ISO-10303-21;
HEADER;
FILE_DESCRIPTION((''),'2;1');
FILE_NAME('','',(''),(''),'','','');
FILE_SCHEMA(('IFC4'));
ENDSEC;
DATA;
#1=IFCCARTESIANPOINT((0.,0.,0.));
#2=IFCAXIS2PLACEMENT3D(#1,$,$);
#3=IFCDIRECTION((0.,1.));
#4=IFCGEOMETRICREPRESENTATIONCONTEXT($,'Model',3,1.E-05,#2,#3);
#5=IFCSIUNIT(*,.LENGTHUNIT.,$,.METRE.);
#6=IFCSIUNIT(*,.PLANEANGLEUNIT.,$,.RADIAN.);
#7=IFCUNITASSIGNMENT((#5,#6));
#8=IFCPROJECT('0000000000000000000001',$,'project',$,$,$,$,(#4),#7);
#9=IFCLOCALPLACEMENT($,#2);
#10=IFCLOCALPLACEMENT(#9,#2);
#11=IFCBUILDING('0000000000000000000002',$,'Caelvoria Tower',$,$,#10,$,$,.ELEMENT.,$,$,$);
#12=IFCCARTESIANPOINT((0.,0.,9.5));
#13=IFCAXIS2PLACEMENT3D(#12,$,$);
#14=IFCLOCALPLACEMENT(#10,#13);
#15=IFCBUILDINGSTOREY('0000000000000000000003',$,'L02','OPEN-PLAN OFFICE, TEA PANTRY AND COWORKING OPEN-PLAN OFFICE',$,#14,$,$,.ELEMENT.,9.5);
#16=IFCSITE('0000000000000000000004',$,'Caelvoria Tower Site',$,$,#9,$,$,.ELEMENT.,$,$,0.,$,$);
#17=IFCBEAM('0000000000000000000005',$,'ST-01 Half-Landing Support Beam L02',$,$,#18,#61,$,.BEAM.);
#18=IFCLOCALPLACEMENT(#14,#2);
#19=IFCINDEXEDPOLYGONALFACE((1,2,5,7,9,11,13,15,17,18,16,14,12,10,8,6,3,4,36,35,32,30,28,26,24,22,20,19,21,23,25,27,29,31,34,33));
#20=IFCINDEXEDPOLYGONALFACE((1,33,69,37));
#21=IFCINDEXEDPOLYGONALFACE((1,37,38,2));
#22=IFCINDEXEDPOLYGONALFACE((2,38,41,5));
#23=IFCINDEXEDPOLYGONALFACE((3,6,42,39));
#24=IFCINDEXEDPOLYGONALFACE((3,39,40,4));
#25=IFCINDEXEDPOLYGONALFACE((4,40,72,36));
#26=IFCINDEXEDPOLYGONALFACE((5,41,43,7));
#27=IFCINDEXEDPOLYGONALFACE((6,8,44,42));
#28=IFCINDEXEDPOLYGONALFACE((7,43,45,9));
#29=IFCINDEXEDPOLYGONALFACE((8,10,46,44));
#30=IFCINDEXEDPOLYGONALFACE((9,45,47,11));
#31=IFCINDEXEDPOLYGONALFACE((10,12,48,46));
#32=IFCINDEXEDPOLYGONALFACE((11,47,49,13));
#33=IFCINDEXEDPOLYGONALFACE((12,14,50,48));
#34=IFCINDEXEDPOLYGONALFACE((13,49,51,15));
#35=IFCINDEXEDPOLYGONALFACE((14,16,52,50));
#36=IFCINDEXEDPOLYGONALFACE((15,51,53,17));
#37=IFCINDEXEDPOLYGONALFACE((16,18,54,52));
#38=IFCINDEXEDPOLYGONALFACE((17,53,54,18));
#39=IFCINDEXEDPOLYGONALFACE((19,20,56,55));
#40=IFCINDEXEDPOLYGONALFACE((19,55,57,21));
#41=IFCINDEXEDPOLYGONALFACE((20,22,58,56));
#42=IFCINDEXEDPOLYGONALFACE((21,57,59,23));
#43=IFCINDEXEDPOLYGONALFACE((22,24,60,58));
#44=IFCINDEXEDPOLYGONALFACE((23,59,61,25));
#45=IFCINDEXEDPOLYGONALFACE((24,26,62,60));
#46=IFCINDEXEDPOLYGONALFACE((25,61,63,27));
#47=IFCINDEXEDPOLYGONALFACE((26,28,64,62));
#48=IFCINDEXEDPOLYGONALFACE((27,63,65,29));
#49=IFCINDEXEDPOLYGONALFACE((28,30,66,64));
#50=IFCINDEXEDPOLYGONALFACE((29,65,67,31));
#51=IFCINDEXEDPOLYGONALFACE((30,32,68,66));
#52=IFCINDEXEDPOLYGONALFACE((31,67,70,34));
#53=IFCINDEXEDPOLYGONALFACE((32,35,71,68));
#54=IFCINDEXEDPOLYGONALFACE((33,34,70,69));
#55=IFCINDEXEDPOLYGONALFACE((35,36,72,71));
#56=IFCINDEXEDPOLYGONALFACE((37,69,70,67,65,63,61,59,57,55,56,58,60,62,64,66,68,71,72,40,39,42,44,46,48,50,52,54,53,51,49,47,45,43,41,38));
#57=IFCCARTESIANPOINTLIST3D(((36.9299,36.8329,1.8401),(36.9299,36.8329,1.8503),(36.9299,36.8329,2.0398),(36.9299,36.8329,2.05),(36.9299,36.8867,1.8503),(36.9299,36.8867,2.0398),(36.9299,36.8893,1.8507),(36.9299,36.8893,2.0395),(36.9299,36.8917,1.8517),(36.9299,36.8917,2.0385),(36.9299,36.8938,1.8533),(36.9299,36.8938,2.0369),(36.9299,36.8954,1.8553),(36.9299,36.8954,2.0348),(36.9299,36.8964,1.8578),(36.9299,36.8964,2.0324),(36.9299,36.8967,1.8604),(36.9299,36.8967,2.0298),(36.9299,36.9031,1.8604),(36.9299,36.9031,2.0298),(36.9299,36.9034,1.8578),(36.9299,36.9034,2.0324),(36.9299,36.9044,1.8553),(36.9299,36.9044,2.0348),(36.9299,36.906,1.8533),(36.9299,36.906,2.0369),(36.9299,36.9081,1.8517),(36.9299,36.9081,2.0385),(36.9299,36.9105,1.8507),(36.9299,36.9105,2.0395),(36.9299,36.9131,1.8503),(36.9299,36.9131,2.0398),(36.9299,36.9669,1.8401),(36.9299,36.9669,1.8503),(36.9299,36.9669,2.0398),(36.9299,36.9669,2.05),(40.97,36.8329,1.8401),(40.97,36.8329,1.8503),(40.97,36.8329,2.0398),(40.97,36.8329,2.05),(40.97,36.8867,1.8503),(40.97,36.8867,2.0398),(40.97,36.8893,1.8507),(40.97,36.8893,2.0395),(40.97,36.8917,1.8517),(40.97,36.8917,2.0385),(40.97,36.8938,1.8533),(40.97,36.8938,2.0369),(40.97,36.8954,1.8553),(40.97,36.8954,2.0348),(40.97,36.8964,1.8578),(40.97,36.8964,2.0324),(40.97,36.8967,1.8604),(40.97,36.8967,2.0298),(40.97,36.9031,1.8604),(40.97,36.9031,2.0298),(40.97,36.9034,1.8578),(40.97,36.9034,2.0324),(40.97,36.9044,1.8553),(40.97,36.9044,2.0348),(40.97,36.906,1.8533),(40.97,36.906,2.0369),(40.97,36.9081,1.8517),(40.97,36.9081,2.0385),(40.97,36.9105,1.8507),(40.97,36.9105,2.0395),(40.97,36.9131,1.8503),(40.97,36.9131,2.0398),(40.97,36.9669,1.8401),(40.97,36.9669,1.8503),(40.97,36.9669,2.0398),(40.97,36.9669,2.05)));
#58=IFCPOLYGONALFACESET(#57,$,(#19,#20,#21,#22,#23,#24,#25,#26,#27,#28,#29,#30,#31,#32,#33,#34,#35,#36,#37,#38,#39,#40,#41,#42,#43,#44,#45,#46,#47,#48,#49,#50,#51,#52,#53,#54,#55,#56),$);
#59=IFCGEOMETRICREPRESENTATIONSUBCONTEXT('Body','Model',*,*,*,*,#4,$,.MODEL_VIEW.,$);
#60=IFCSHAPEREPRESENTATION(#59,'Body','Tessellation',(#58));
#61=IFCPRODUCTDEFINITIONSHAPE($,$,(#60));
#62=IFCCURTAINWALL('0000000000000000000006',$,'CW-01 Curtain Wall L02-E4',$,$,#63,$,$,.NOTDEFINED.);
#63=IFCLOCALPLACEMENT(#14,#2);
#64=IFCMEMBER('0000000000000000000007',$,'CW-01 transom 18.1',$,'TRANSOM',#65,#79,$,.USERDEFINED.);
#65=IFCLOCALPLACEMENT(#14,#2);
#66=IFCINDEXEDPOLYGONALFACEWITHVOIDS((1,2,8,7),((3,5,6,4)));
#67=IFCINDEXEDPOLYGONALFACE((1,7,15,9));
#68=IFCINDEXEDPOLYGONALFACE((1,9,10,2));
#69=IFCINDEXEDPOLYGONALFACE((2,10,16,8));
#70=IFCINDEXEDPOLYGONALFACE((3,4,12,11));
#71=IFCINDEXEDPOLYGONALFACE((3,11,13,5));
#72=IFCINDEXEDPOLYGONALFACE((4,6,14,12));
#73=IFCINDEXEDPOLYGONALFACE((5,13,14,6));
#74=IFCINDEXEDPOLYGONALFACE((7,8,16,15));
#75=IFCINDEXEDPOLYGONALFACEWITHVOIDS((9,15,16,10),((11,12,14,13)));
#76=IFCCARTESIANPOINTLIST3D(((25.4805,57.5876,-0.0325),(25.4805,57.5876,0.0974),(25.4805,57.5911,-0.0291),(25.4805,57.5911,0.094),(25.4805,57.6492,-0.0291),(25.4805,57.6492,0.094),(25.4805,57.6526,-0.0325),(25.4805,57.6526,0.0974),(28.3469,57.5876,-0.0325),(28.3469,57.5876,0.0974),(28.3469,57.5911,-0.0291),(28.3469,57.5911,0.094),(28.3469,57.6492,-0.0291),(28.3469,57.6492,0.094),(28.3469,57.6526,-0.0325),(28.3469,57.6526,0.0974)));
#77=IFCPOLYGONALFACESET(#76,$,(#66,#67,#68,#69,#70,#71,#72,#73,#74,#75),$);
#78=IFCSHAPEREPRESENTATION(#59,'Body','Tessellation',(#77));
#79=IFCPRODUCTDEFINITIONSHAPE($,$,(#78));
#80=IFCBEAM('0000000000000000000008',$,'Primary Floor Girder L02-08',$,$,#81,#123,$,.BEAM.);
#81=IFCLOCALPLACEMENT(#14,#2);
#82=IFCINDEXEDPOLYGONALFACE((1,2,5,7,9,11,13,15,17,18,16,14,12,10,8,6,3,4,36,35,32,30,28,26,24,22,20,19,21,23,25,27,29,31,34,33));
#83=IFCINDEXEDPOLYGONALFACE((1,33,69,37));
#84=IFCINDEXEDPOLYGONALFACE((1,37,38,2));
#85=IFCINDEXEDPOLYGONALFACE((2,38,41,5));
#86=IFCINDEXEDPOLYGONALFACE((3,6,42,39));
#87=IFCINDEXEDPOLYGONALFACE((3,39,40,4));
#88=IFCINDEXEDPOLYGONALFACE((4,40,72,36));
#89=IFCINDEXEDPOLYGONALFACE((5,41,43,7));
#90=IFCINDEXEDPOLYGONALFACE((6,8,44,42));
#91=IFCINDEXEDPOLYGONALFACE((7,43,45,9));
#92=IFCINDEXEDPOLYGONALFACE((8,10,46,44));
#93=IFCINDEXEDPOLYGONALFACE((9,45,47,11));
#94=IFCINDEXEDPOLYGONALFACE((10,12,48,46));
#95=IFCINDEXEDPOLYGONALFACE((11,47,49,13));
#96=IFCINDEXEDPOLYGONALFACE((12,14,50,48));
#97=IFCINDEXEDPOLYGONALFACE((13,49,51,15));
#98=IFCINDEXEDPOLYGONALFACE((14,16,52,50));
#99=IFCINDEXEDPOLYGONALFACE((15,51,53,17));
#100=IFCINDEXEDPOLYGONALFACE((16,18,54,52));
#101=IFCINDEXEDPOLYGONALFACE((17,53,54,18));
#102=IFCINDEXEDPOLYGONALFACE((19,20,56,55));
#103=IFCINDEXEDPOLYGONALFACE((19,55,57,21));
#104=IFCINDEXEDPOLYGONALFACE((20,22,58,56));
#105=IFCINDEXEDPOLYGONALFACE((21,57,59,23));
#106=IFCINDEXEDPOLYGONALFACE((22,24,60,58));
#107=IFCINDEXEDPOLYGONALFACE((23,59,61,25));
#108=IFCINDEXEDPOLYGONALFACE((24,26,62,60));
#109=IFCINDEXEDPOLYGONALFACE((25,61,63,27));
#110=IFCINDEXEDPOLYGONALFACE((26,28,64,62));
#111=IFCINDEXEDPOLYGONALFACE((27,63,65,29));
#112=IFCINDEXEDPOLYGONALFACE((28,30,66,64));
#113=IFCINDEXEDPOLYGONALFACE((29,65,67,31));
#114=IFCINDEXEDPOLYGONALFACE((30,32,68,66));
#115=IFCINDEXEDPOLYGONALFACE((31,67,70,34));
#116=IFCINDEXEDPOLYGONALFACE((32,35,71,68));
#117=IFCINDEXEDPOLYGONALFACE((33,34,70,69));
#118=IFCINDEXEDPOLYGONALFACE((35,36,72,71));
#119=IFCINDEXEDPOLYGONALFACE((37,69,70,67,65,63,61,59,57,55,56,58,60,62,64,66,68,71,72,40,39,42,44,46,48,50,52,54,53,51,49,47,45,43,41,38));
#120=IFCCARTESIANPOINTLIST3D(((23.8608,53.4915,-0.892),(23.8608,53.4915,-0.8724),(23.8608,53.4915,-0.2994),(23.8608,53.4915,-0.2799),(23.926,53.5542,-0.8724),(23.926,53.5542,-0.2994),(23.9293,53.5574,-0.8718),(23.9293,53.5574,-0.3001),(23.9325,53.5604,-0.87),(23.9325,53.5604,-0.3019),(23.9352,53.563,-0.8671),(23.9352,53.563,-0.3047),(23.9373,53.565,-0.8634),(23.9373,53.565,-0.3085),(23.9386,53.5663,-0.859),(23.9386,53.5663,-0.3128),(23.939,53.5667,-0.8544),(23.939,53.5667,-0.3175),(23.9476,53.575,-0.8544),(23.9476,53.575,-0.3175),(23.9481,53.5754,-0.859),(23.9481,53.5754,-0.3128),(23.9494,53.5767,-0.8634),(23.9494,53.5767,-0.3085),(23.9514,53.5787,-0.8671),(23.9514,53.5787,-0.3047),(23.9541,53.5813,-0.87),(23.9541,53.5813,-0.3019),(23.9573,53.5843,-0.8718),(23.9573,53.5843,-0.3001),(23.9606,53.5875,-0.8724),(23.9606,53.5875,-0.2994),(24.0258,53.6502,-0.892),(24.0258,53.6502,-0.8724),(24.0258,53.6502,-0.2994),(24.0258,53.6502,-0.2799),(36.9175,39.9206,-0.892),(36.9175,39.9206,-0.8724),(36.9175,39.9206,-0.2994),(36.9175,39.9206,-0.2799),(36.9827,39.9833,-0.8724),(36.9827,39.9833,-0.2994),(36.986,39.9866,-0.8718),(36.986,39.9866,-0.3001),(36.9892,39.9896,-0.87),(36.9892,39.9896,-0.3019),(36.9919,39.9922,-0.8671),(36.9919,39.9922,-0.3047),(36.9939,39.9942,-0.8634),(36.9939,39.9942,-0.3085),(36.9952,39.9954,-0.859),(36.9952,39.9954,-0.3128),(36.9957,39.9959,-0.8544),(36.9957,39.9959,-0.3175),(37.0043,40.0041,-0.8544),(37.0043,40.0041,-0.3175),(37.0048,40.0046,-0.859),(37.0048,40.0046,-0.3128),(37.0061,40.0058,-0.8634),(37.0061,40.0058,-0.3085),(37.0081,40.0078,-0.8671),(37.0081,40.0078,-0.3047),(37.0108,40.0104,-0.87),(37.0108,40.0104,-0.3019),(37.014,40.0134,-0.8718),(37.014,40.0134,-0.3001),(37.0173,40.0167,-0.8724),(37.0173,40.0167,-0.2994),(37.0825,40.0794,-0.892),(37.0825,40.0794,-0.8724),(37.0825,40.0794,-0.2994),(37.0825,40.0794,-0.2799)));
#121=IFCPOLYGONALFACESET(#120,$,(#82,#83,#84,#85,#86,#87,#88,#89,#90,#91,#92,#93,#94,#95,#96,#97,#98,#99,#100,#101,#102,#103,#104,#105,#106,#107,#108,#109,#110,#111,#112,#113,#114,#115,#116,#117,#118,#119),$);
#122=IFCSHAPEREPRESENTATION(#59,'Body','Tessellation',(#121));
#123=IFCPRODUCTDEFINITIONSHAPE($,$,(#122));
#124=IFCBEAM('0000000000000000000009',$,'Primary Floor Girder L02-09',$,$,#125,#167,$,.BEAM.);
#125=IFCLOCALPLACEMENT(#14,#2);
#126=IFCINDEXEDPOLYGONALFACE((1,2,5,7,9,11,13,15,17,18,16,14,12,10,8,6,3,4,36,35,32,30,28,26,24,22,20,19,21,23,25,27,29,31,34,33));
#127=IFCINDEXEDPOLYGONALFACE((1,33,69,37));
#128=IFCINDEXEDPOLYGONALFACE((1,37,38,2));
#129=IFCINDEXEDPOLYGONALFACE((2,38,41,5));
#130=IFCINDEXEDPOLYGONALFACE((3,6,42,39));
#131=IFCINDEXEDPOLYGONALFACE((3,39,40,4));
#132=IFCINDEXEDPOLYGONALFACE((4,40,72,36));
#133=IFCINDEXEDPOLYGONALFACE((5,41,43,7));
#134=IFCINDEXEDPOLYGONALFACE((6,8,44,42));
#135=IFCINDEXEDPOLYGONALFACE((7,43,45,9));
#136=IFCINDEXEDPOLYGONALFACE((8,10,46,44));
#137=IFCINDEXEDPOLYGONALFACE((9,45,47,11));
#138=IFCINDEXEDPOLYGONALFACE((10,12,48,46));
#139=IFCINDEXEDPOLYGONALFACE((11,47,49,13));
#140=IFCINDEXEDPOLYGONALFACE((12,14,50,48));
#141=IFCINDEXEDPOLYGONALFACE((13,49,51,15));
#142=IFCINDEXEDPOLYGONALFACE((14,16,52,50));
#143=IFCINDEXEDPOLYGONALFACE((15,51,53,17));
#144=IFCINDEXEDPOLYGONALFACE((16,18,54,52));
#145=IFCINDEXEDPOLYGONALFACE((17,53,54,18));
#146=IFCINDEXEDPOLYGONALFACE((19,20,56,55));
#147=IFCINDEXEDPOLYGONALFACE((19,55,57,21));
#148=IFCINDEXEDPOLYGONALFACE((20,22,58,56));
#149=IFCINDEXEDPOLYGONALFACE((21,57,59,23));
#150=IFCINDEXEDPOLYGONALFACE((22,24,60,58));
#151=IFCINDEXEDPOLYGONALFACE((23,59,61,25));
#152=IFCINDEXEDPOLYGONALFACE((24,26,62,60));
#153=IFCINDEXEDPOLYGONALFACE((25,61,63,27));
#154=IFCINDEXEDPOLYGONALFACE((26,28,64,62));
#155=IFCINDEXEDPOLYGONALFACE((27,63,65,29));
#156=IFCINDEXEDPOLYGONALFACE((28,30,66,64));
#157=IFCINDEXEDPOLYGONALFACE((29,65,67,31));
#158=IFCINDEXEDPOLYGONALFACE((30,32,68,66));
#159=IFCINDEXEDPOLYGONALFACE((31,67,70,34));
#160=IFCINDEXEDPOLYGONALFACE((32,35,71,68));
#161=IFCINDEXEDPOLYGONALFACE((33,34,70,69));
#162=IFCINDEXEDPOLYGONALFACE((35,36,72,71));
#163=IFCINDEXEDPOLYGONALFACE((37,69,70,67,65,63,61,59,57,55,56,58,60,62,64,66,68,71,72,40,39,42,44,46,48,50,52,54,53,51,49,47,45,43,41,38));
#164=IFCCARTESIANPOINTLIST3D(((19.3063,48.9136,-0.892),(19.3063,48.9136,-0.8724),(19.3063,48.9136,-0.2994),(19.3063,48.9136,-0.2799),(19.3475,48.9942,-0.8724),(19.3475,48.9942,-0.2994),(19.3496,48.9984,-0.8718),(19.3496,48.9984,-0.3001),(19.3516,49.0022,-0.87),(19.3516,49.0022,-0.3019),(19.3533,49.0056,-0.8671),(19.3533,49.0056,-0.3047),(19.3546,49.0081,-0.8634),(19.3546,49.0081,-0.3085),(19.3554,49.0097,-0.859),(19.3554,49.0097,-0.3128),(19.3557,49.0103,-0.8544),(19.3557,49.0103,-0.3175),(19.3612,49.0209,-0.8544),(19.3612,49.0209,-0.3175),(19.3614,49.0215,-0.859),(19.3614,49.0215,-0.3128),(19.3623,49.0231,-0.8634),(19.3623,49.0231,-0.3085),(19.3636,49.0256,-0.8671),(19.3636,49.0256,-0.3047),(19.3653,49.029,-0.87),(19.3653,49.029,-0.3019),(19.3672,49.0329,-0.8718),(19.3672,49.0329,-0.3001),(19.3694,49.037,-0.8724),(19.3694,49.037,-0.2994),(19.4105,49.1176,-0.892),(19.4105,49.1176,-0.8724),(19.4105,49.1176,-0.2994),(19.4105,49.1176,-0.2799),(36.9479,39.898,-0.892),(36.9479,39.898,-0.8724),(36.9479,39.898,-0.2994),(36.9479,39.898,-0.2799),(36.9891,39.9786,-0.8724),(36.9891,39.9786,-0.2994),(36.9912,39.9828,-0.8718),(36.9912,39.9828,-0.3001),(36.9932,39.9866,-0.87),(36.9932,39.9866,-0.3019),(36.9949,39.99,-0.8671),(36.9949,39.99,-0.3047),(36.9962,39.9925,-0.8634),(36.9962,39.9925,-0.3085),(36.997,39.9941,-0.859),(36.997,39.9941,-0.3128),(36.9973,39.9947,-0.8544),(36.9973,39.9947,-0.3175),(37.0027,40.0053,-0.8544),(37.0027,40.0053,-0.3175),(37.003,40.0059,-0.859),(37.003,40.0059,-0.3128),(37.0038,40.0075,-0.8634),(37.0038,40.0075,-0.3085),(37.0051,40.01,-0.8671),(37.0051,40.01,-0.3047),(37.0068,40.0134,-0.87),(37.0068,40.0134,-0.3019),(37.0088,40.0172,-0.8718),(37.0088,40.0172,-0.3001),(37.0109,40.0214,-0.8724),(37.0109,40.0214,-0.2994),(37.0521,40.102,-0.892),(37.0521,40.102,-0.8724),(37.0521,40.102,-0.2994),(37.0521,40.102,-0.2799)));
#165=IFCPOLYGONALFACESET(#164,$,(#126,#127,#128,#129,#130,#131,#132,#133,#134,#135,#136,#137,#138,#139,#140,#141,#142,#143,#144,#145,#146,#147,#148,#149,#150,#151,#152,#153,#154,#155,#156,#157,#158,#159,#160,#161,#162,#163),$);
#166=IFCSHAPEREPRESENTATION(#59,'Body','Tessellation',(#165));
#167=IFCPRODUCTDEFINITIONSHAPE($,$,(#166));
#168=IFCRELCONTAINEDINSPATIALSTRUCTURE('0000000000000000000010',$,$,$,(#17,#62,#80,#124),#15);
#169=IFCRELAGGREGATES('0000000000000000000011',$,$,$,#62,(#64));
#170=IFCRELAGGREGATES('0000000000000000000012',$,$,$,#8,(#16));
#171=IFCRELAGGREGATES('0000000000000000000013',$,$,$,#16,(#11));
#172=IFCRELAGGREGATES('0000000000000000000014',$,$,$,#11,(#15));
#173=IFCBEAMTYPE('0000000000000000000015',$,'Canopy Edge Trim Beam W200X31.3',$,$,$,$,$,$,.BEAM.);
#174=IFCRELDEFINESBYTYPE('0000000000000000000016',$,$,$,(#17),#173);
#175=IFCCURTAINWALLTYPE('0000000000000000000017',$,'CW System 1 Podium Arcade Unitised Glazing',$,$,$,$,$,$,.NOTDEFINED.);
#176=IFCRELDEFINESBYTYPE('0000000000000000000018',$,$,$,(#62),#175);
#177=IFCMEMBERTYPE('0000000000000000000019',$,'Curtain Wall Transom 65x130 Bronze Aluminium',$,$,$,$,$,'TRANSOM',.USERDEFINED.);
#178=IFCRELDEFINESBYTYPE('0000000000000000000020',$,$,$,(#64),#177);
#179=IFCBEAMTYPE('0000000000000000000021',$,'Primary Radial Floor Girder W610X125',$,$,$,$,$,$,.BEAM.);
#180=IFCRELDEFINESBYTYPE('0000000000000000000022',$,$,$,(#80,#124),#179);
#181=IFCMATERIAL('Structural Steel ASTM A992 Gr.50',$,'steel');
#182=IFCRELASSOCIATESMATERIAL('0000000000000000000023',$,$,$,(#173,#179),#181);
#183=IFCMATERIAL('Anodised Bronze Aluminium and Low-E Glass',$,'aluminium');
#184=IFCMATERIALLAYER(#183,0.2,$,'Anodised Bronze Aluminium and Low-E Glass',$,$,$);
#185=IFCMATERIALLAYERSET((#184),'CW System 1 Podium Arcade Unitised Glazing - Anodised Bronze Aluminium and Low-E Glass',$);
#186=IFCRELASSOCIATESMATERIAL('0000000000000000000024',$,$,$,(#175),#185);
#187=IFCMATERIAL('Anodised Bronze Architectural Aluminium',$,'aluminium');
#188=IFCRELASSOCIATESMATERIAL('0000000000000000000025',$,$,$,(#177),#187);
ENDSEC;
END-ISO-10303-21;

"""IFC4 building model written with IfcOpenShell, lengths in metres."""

from ifc_helpers import new_model, si_unit, direction, frame, origin, origin_2d, place, context, subcontext, project, spatial, hollow_rectangle, i_section, extrude, material, layer, layer_set, material_profile, profile_set, type_object, element, aggregate, save


model = new_model("IFC4")

# Units and contexts
model_context = context("Model", 3, precision=1e-05, world=origin(), true_north=direction((0.0, 1.0)))
body_context = subcontext(model_context, "Body", "Model", "MODEL_VIEW")
ifc_project = project(units=[si_unit("LENGTHUNIT", "METRE"), si_unit("PLANEANGLEUNIT", "RADIAN")], contexts=[model_context])

# Site, building, storey
site_placement = place(None, origin())
site = spatial("IfcSite", under=ifc_project, at=site_placement, Name="Caelvoria Tower Site", CompositionType="ELEMENT", RefElevation=0.0)
building_placement = place(site_placement, origin())
building = spatial("IfcBuilding", under=site, at=building_placement, Name="Caelvoria Tower", CompositionType="ELEMENT")
storey_placement = place(building_placement, frame((0.0, 0.0, 9.5)))
storey = spatial("IfcBuildingStorey", under=building, at=storey_placement, Name="L02", Description="OPEN-PLAN OFFICE, TEA PANTRY AND COWORKING OPEN-PLAN OFFICE", CompositionType="ELEMENT", Elevation=9.5)

# Beam
ifc_material_1 = material(Name="Structural Steel ASTM A992 Gr.50", Category="steel")
ifc_material_profile_1 = material_profile(ifc_material_1, i_section(OverallWidth=0.134, OverallDepth=0.21, WebThickness=0.0063, FlangeThickness=0.0103, FilletRadius=0.01, at=origin_2d()), Name="Structural Steel ASTM A992 Gr.50")
ifc_profile_set_1 = profile_set([ifc_material_profile_1], Name="W200X31.3 - Structural Steel ASTM A992 Gr.50")
beam_type_1 = type_object("IfcBeamType", Name="Canopy Edge Trim Beam W200X31.3", PredefinedType="BEAM", material=ifc_profile_set_1)
beam_1_placement = place(storey_placement, frame((36.9299, 36.8999, 1.9451), z_axis=(1.0, 0.0, 0.0), x_axis=(0.0, 1.0, 0.0)))
element("IfcBeam", 1, at=beam_1_placement, inside=storey, type_object=beam_type_1, Name="ST-01 Half-Landing Support Beam L02", PredefinedType="BEAM", context=body_context, shape_type="SweptSolid", body=[
    extrude(i_section(OverallWidth=0.134, OverallDepth=0.21, WebThickness=0.0063, FlangeThickness=0.0103, FilletRadius=0.01, at=origin_2d()), origin(), (0.0, 0.0, 1.0), 4.04),
])

# Curtain wall, member
ifc_material_2 = material(Name="Anodised Bronze Aluminium and Low-E Glass", Category="aluminium")
ifc_layer_1 = layer(ifc_material_2, 0.2, Name="Anodised Bronze Aluminium and Low-E Glass")
ifc_layer_set_1 = layer_set([ifc_layer_1], Name="CW System 1 Podium Arcade Unitised Glazing - Anodised Bronze Aluminium and Low-E Glass")
curtain_wall_type = type_object("IfcCurtainWallType", Name="CW System 1 Podium Arcade Unitised Glazing", PredefinedType="NOTDEFINED", material=ifc_layer_set_1)
curtain_wall_placement = place(storey_placement, origin())
curtain_wall = element("IfcCurtainWall", 2, at=curtain_wall_placement, inside=storey, type_object=curtain_wall_type, Name="CW-01 Curtain Wall L02-E4", PredefinedType="NOTDEFINED")
ifc_material_3 = material(Name="Anodised Bronze Architectural Aluminium", Category="aluminium")
ifc_material_profile_2 = material_profile(ifc_material_3, hollow_rectangle(XDim=0.0649, YDim=0.1299, WallThickness=0.0034, at=origin_2d()), Name="Anodised Bronze Architectural Aluminium")
ifc_profile_set_2 = profile_set([ifc_material_profile_2], Name="CW_TRAN_65X130 - Anodised Bronze Architectural Aluminium")
member_type = type_object("IfcMemberType", Name="Curtain Wall Transom 65x130 Bronze Aluminium", ElementType="TRANSOM", PredefinedType="USERDEFINED", material=ifc_profile_set_2)
member_placement = place(storey_placement, frame((28.3469, 57.6201, 0.0325), z_axis=(-1.0, 0.0, 0.0), x_axis=(0.0, -1.0, 0.0)))
member = element("IfcMember", 3, at=member_placement, type_object=member_type, Name="CW-01 transom 18.1", ObjectType="TRANSOM", PredefinedType="USERDEFINED", context=body_context, shape_type="SweptSolid", body=[
    extrude(hollow_rectangle(XDim=0.0649, YDim=0.1299, WallThickness=0.0034, at=origin_2d()), origin(), (0.0, 0.0, 1.0), 2.8665),
])
aggregate(curtain_wall, [member])

# Beams
ifc_material_profile_3 = material_profile(ifc_material_1, i_section(OverallWidth=0.229, OverallDepth=0.6121, WebThickness=0.012, FlangeThickness=0.0195, FilletRadius=0.0181, at=origin_2d()), Name="Structural Steel ASTM A992 Gr.50")
ifc_profile_set_3 = profile_set([ifc_material_profile_3], Name="W610X125 - Structural Steel ASTM A992 Gr.50")
beam_type_2 = type_object("IfcBeamType", Name="Primary Radial Floor Girder W610X125", PredefinedType="BEAM", material=ifc_profile_set_3)
beam_2_placement = place(storey_placement, frame((37.0, 40.0, -0.5859), z_axis=(-0.693324, 0.720626, 0.0), x_axis=(-0.720626, -0.693324, 0.0)))
element("IfcBeam", 4, at=beam_2_placement, inside=storey, type_object=beam_type_2, Name="Primary Floor Girder L02-08", PredefinedType="BEAM", context=body_context, shape_type="SweptSolid", body=[
    extrude(i_section(OverallWidth=0.229, OverallDepth=0.6121, WebThickness=0.012, FlangeThickness=0.0195, FilletRadius=0.0181, at=origin_2d()), origin(), (0.0, 0.0, 1.0), 18.832),
])
beam_3_placement = place(storey_placement, frame((37.0, 40.0, -0.5859), z_axis=(-0.890459, 0.455063, 0.0), x_axis=(-0.455063, -0.890459, 0.0)))
element("IfcBeam", 5, at=beam_3_placement, inside=storey, type_object=beam_type_2, Name="Primary Floor Girder L02-09", PredefinedType="BEAM", context=body_context, shape_type="SweptSolid", body=[
    extrude(i_section(OverallWidth=0.229, OverallDepth=0.6121, WebThickness=0.012, FlangeThickness=0.0195, FilletRadius=0.0181, at=origin_2d()), origin(), (0.0, 0.0, 1.0), 19.8118),
])

save(model, "model.ifc")
